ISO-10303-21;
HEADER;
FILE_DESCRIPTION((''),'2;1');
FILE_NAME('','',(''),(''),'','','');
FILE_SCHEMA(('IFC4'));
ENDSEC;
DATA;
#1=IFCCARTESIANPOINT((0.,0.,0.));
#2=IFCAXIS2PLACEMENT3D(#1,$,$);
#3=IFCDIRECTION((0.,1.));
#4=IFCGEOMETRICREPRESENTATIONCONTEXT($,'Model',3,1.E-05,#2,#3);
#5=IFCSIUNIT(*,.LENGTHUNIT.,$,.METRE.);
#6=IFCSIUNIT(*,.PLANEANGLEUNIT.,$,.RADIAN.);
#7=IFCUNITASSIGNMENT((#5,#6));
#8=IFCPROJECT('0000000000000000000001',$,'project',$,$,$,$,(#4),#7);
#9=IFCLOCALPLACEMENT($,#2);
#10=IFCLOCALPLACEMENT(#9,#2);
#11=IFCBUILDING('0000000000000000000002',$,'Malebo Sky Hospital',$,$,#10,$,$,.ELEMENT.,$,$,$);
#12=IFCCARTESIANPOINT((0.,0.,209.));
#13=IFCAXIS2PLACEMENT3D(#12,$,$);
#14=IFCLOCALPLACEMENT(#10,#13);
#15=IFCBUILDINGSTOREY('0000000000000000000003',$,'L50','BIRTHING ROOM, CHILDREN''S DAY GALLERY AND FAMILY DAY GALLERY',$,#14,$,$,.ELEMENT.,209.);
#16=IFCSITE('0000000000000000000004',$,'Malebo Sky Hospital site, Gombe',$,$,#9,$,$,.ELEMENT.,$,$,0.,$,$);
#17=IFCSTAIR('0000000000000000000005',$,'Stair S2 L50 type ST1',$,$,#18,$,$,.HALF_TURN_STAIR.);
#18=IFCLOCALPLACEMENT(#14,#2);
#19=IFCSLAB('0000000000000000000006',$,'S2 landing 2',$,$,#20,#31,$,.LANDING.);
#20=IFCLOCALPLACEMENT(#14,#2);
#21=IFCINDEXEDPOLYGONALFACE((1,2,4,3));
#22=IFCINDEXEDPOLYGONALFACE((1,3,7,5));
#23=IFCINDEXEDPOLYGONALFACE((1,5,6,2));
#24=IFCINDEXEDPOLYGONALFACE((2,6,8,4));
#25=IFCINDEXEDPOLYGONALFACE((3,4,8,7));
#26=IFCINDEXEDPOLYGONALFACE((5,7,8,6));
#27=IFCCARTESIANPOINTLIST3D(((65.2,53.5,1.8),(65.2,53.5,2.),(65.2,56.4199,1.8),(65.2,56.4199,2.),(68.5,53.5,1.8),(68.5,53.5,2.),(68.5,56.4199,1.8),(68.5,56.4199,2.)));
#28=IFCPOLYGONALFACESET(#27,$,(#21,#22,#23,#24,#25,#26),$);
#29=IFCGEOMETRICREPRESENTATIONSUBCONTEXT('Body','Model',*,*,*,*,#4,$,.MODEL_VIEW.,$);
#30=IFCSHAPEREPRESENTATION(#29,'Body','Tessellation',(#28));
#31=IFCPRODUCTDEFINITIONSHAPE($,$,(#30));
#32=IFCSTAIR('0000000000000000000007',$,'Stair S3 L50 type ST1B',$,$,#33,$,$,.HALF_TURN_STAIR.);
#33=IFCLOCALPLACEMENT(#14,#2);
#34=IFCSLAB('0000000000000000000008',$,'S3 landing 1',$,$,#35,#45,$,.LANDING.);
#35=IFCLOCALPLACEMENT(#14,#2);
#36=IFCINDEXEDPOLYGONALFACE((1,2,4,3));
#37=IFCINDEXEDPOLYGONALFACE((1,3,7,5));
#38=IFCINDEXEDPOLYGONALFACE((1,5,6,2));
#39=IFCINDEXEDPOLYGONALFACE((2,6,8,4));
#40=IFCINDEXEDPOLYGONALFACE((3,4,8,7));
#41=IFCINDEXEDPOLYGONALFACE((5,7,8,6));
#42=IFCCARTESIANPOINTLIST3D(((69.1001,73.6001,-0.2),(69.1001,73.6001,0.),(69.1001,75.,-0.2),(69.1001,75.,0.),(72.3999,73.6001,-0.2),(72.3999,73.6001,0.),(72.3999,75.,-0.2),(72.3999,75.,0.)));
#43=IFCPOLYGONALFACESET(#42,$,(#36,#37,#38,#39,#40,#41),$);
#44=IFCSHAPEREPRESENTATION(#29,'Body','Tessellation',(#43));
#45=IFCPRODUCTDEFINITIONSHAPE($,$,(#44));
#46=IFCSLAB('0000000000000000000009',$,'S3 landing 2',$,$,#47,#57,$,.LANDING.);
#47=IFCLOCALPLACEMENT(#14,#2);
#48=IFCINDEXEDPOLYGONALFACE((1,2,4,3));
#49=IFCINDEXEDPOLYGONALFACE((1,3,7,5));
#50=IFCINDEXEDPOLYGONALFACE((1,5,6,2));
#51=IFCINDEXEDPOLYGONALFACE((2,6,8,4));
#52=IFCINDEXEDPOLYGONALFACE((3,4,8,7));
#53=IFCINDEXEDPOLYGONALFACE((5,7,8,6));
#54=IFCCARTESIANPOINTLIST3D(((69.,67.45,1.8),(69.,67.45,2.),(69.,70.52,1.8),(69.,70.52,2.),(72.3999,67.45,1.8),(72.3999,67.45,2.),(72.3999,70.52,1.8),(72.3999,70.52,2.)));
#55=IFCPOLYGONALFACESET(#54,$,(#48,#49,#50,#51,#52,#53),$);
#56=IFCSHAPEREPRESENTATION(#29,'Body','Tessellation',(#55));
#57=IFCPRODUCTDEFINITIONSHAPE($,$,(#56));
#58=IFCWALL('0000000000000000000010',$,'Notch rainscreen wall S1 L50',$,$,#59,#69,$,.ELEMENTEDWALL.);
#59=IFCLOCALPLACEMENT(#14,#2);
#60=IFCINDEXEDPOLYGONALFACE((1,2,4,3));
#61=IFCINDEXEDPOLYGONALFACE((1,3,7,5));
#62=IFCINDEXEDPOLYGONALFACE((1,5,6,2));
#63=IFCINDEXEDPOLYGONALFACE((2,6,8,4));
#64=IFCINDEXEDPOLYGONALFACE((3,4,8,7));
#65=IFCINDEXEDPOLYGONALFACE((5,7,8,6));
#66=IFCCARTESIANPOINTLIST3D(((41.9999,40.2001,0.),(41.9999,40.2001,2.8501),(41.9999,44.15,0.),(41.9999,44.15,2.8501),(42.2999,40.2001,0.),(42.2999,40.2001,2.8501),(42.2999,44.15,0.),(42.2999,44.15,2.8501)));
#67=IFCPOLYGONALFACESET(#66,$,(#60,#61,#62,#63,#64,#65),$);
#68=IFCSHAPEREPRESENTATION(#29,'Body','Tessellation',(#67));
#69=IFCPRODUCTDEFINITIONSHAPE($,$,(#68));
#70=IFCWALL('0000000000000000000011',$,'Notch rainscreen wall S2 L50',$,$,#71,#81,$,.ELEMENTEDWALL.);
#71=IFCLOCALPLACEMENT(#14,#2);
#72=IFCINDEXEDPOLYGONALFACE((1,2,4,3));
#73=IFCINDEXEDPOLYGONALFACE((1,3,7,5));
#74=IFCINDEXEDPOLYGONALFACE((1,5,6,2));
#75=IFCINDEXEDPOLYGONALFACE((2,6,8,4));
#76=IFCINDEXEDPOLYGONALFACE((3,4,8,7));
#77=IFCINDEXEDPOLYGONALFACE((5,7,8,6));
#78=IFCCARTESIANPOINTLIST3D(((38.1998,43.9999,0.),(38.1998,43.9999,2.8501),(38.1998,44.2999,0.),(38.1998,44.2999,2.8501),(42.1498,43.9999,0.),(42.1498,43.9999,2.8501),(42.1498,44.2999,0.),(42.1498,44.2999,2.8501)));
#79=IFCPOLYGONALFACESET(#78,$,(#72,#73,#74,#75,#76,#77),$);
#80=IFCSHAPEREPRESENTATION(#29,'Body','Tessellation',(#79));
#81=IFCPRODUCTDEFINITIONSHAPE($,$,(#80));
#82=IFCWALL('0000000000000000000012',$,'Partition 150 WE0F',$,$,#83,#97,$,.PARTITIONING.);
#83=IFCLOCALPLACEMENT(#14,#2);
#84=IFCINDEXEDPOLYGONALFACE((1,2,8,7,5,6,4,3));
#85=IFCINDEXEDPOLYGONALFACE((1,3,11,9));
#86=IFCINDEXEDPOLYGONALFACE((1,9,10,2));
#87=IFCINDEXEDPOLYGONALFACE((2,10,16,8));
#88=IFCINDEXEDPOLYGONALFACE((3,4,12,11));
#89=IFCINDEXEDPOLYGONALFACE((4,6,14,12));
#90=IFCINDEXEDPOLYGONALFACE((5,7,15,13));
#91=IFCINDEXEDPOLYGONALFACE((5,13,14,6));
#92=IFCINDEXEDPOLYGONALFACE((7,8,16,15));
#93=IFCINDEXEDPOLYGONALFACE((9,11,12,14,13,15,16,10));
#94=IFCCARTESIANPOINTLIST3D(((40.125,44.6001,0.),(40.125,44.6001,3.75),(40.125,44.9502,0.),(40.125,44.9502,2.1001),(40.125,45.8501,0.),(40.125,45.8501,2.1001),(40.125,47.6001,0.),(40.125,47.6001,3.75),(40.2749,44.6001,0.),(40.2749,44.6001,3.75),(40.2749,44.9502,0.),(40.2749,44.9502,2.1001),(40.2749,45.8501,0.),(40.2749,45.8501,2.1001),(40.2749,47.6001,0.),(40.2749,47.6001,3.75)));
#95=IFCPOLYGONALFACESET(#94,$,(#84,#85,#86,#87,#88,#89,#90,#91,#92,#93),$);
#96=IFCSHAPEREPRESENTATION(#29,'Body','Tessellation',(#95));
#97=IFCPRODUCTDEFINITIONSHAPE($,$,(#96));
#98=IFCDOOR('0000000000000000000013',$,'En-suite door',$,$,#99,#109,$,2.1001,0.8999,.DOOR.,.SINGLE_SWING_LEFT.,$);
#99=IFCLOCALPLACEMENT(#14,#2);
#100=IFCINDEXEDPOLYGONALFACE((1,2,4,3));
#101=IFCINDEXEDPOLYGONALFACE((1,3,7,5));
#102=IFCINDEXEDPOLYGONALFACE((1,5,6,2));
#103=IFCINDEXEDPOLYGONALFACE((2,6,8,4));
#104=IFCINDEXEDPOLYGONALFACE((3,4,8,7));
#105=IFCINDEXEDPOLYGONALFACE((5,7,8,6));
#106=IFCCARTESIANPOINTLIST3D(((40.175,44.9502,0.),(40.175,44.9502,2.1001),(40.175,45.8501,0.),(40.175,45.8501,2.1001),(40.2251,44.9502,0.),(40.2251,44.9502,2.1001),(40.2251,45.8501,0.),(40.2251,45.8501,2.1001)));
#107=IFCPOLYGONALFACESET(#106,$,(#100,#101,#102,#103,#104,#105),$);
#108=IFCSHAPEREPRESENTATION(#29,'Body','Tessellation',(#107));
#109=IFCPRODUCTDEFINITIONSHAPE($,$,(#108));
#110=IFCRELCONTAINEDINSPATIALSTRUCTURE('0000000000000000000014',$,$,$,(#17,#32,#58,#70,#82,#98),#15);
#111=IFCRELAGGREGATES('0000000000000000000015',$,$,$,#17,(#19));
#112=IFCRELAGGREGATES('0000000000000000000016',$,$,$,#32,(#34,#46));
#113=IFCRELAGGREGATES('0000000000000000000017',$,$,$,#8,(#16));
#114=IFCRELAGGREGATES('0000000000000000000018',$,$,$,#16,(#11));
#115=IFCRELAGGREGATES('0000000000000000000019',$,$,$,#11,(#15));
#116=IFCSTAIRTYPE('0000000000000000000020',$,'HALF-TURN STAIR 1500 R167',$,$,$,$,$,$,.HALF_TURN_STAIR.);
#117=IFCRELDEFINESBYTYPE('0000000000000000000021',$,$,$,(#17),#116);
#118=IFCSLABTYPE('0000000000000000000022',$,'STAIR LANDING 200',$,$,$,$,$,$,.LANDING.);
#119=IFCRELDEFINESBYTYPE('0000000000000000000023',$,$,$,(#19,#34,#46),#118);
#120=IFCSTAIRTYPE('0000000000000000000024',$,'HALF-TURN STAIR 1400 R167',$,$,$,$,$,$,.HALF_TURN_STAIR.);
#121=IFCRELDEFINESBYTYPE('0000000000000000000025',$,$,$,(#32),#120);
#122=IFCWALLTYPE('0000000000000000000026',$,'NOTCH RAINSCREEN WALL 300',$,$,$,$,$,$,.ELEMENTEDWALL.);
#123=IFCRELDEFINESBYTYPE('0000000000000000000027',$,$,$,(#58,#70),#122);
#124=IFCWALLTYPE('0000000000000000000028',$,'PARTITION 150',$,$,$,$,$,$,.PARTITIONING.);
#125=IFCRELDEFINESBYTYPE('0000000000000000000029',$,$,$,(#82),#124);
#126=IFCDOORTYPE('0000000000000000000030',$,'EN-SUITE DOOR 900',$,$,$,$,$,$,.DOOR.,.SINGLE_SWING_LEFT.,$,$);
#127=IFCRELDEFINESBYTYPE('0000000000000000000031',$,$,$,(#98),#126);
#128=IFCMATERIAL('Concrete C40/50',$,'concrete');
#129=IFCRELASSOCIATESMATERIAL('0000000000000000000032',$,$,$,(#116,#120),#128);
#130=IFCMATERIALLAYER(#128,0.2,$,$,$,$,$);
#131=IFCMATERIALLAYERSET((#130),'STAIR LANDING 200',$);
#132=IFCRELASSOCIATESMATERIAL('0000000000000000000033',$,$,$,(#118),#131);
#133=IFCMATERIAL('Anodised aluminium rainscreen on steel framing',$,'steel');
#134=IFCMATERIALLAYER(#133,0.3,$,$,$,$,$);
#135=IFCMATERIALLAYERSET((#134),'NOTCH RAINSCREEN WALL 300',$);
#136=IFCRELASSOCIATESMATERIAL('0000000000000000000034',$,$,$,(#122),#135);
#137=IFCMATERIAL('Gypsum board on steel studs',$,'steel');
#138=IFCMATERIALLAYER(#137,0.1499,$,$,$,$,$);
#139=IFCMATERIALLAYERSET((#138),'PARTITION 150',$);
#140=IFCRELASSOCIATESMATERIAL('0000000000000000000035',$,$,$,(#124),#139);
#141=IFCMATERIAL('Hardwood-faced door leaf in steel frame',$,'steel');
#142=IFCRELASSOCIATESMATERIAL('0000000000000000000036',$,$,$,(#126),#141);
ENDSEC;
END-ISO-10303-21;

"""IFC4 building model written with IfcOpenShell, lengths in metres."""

from ifc_helpers import new_model, si_unit, direction, frame, frame_2d, origin, place, context, subcontext, project, spatial, polyline, rectangle, outline, extrude, material, layer, layer_set, type_object, element, fill, aggregate, save


model = new_model("IFC4")

# Units and contexts
model_context = context("Model", 3, precision=1e-05, world=origin(), true_north=direction((0.0, 1.0)))
body_context = subcontext(model_context, "Body", "Model", "MODEL_VIEW")
ifc_project = project(units=[si_unit("LENGTHUNIT", "METRE"), si_unit("PLANEANGLEUNIT", "RADIAN")], contexts=[model_context])

# Site, building, storey
site_placement = place(None, origin())
site = spatial("IfcSite", under=ifc_project, at=site_placement, Name="Malebo Sky Hospital site, Gombe", CompositionType="ELEMENT", RefElevation=0.0)
building_placement = place(site_placement, origin())
building = spatial("IfcBuilding", under=site, at=building_placement, Name="Malebo Sky Hospital", CompositionType="ELEMENT")
storey_placement = place(building_placement, frame((0.0, 0.0, 209.0)))
storey = spatial("IfcBuildingStorey", under=building, at=storey_placement, Name="L50", Description="BIRTHING ROOM, CHILDREN'S DAY GALLERY AND FAMILY DAY GALLERY", CompositionType="ELEMENT", Elevation=209.0)

# Shared definitions
ifc_material_1 = material(Name="Concrete C40/50", Category="concrete")

# Stairs, slabs
stair_type_1 = type_object("IfcStairType", Name="HALF-TURN STAIR 1500 R167", PredefinedType="HALF_TURN_STAIR", material=ifc_material_1)
ifc_layer_1 = layer(ifc_material_1, 0.2)
ifc_layer_set_1 = layer_set([ifc_layer_1], Name="STAIR LANDING 200")
slab_type_1 = type_object("IfcSlabType", Name="STAIR LANDING 200", PredefinedType="LANDING", material=ifc_layer_set_1)
stair_1_placement = place(storey_placement, origin())
stair_1 = element("IfcStair", 1, at=stair_1_placement, inside=storey, type_object=stair_type_1, Name="Stair S2 L50 type ST1", PredefinedType="HALF_TURN_STAIR")
slab_1_placement = place(storey_placement, frame((0.0, 0.0, 1.8)))
slab_1 = element("IfcSlab", 2, at=slab_1_placement, type_object=slab_type_1, Name="S2 landing 2", PredefinedType="LANDING", context=body_context, shape_type="SweptSolid", body=[
    extrude(outline(polyline([(65.2, 53.5), (68.5, 53.5), (68.5, 56.4199), (65.2, 56.4199), (65.2, 53.5)])), origin(), (0.0, 0.0, 1.0), 0.2),
])
aggregate(stair_1, [slab_1])
stair_type_2 = type_object("IfcStairType", Name="HALF-TURN STAIR 1400 R167", PredefinedType="HALF_TURN_STAIR", material=ifc_material_1)
stair_2_placement = place(storey_placement, origin())
stair_2 = element("IfcStair", 3, at=stair_2_placement, inside=storey, type_object=stair_type_2, Name="Stair S3 L50 type ST1B", PredefinedType="HALF_TURN_STAIR")
slab_2_placement = place(storey_placement, frame((0.0, 0.0, -0.2)))
slab_2 = element("IfcSlab", 4, at=slab_2_placement, type_object=slab_type_1, Name="S3 landing 1", PredefinedType="LANDING", context=body_context, shape_type="SweptSolid", body=[
    extrude(outline(polyline([(69.1001, 73.6001), (72.3999, 73.6001), (72.3999, 75.0), (69.1001, 75.0), (69.1001, 73.6001)])), origin(), (0.0, 0.0, 1.0), 0.2),
])
slab_3_placement = place(storey_placement, frame((0.0, 0.0, 1.8)))
slab_3 = element("IfcSlab", 5, at=slab_3_placement, type_object=slab_type_1, Name="S3 landing 2", PredefinedType="LANDING", context=body_context, shape_type="SweptSolid", body=[
    extrude(outline(polyline([(69.0, 67.45), (72.3999, 67.45), (72.3999, 70.52), (69.0, 70.52), (69.0, 67.45)])), origin(), (0.0, 0.0, 1.0), 0.2),
])
aggregate(stair_2, [slab_2, slab_3])

# Walls
ifc_material_2 = material(Name="Anodised aluminium rainscreen on steel framing", Category="steel")
ifc_layer_2 = layer(ifc_material_2, 0.3)
ifc_layer_set_2 = layer_set([ifc_layer_2], Name="NOTCH RAINSCREEN WALL 300")
wall_type_1 = type_object("IfcWallType", Name="NOTCH RAINSCREEN WALL 300", PredefinedType="ELEMENTEDWALL", material=ifc_layer_set_2)
for number, where, z_axis, x_axis, name in (
    (6, (42.1499, 40.2, 0.0), (0.0, 0.0, 1.0), (0.0, 1.0, 0.0), "Notch rainscreen wall S1 L50"),
    (7, (42.1499, 44.1499, 0.0), (0.0, 0.0, 1.0), (-1.0, 0.0, 0.0), "Notch rainscreen wall S2 L50"),
):
    element("IfcWall", number, at=place(storey_placement, frame(where, z_axis=z_axis, x_axis=x_axis)), inside=storey, type_object=wall_type_1, Name=name, PredefinedType="ELEMENTEDWALL", context=body_context, shape_type="SweptSolid", body=[
        extrude(rectangle(XDim=3.95, YDim=0.3, at=frame_2d((1.9751, 0.0))), origin(), (0.0, 0.0, 1.0), 2.8501),
    ])

# Wall, opening, door
ifc_material_3 = material(Name="Gypsum board on steel studs", Category="steel")
ifc_layer_3 = layer(ifc_material_3, 0.1499)
ifc_layer_set_3 = layer_set([ifc_layer_3], Name="PARTITION 150")
wall_type_2 = type_object("IfcWallType", Name="PARTITION 150", PredefinedType="PARTITIONING", material=ifc_layer_set_3)
wall_placement = place(storey_placement, frame((40.2, 44.6001, 0.0), z_axis=(0.0, 0.0, 1.0), x_axis=(0.0, 1.0, 0.0)))
wall = element("IfcWall", 8, at=wall_placement, inside=storey, type_object=wall_type_2, Name="Partition 150 WE0F", PredefinedType="PARTITIONING", context=body_context, shape_type="SweptSolid", body=[
    extrude(rectangle(XDim=3.0, YDim=0.1499, at=frame_2d((1.5, 0.0))), origin(), (0.0, 0.0, 1.0), 3.75),
])
opening_placement = place(wall_placement, frame((0.3501, 0.0, 0.0)))
opening = element("IfcOpeningElement", 9, at=opening_placement, cuts=wall, PredefinedType="OPENING", context=body_context, shape_type="SweptSolid", body=[
    extrude(rectangle(XDim=0.8999, YDim=2.1001, at=frame_2d((0.45, 1.05))), frame((0.0, 0.085, 0.0), z_axis=(0.0, -1.0, 0.0), x_axis=(1.0, 0.0, 0.0)), (0.0, 0.0, 1.0), 0.1699),
])
ifc_material_4 = material(Name="Hardwood-faced door leaf in steel frame", Category="steel")
door_type = type_object("IfcDoorType", Name="EN-SUITE DOOR 900", OperationType="SINGLE_SWING_LEFT", PredefinedType="DOOR", material=ifc_material_4)
door_placement = place(opening_placement, origin())
door = element("IfcDoor", 10, at=door_placement, inside=storey, type_object=door_type, Name="En-suite door", OperationType="SINGLE_SWING_LEFT", OverallHeight=2.1001, OverallWidth=0.8999, PredefinedType="DOOR", context=body_context, shape_type="SweptSolid", body=[
    extrude(rectangle(XDim=0.8999, YDim=2.1001, at=frame_2d((0.45, 1.05))), frame((0.0, 0.0249, 0.0), z_axis=(0.0, -1.0, 0.0), x_axis=(1.0, 0.0, 0.0)), (0.0, 0.0, 1.0), 0.05),
])
fill(opening, door)

save(model, "model.ifc")
